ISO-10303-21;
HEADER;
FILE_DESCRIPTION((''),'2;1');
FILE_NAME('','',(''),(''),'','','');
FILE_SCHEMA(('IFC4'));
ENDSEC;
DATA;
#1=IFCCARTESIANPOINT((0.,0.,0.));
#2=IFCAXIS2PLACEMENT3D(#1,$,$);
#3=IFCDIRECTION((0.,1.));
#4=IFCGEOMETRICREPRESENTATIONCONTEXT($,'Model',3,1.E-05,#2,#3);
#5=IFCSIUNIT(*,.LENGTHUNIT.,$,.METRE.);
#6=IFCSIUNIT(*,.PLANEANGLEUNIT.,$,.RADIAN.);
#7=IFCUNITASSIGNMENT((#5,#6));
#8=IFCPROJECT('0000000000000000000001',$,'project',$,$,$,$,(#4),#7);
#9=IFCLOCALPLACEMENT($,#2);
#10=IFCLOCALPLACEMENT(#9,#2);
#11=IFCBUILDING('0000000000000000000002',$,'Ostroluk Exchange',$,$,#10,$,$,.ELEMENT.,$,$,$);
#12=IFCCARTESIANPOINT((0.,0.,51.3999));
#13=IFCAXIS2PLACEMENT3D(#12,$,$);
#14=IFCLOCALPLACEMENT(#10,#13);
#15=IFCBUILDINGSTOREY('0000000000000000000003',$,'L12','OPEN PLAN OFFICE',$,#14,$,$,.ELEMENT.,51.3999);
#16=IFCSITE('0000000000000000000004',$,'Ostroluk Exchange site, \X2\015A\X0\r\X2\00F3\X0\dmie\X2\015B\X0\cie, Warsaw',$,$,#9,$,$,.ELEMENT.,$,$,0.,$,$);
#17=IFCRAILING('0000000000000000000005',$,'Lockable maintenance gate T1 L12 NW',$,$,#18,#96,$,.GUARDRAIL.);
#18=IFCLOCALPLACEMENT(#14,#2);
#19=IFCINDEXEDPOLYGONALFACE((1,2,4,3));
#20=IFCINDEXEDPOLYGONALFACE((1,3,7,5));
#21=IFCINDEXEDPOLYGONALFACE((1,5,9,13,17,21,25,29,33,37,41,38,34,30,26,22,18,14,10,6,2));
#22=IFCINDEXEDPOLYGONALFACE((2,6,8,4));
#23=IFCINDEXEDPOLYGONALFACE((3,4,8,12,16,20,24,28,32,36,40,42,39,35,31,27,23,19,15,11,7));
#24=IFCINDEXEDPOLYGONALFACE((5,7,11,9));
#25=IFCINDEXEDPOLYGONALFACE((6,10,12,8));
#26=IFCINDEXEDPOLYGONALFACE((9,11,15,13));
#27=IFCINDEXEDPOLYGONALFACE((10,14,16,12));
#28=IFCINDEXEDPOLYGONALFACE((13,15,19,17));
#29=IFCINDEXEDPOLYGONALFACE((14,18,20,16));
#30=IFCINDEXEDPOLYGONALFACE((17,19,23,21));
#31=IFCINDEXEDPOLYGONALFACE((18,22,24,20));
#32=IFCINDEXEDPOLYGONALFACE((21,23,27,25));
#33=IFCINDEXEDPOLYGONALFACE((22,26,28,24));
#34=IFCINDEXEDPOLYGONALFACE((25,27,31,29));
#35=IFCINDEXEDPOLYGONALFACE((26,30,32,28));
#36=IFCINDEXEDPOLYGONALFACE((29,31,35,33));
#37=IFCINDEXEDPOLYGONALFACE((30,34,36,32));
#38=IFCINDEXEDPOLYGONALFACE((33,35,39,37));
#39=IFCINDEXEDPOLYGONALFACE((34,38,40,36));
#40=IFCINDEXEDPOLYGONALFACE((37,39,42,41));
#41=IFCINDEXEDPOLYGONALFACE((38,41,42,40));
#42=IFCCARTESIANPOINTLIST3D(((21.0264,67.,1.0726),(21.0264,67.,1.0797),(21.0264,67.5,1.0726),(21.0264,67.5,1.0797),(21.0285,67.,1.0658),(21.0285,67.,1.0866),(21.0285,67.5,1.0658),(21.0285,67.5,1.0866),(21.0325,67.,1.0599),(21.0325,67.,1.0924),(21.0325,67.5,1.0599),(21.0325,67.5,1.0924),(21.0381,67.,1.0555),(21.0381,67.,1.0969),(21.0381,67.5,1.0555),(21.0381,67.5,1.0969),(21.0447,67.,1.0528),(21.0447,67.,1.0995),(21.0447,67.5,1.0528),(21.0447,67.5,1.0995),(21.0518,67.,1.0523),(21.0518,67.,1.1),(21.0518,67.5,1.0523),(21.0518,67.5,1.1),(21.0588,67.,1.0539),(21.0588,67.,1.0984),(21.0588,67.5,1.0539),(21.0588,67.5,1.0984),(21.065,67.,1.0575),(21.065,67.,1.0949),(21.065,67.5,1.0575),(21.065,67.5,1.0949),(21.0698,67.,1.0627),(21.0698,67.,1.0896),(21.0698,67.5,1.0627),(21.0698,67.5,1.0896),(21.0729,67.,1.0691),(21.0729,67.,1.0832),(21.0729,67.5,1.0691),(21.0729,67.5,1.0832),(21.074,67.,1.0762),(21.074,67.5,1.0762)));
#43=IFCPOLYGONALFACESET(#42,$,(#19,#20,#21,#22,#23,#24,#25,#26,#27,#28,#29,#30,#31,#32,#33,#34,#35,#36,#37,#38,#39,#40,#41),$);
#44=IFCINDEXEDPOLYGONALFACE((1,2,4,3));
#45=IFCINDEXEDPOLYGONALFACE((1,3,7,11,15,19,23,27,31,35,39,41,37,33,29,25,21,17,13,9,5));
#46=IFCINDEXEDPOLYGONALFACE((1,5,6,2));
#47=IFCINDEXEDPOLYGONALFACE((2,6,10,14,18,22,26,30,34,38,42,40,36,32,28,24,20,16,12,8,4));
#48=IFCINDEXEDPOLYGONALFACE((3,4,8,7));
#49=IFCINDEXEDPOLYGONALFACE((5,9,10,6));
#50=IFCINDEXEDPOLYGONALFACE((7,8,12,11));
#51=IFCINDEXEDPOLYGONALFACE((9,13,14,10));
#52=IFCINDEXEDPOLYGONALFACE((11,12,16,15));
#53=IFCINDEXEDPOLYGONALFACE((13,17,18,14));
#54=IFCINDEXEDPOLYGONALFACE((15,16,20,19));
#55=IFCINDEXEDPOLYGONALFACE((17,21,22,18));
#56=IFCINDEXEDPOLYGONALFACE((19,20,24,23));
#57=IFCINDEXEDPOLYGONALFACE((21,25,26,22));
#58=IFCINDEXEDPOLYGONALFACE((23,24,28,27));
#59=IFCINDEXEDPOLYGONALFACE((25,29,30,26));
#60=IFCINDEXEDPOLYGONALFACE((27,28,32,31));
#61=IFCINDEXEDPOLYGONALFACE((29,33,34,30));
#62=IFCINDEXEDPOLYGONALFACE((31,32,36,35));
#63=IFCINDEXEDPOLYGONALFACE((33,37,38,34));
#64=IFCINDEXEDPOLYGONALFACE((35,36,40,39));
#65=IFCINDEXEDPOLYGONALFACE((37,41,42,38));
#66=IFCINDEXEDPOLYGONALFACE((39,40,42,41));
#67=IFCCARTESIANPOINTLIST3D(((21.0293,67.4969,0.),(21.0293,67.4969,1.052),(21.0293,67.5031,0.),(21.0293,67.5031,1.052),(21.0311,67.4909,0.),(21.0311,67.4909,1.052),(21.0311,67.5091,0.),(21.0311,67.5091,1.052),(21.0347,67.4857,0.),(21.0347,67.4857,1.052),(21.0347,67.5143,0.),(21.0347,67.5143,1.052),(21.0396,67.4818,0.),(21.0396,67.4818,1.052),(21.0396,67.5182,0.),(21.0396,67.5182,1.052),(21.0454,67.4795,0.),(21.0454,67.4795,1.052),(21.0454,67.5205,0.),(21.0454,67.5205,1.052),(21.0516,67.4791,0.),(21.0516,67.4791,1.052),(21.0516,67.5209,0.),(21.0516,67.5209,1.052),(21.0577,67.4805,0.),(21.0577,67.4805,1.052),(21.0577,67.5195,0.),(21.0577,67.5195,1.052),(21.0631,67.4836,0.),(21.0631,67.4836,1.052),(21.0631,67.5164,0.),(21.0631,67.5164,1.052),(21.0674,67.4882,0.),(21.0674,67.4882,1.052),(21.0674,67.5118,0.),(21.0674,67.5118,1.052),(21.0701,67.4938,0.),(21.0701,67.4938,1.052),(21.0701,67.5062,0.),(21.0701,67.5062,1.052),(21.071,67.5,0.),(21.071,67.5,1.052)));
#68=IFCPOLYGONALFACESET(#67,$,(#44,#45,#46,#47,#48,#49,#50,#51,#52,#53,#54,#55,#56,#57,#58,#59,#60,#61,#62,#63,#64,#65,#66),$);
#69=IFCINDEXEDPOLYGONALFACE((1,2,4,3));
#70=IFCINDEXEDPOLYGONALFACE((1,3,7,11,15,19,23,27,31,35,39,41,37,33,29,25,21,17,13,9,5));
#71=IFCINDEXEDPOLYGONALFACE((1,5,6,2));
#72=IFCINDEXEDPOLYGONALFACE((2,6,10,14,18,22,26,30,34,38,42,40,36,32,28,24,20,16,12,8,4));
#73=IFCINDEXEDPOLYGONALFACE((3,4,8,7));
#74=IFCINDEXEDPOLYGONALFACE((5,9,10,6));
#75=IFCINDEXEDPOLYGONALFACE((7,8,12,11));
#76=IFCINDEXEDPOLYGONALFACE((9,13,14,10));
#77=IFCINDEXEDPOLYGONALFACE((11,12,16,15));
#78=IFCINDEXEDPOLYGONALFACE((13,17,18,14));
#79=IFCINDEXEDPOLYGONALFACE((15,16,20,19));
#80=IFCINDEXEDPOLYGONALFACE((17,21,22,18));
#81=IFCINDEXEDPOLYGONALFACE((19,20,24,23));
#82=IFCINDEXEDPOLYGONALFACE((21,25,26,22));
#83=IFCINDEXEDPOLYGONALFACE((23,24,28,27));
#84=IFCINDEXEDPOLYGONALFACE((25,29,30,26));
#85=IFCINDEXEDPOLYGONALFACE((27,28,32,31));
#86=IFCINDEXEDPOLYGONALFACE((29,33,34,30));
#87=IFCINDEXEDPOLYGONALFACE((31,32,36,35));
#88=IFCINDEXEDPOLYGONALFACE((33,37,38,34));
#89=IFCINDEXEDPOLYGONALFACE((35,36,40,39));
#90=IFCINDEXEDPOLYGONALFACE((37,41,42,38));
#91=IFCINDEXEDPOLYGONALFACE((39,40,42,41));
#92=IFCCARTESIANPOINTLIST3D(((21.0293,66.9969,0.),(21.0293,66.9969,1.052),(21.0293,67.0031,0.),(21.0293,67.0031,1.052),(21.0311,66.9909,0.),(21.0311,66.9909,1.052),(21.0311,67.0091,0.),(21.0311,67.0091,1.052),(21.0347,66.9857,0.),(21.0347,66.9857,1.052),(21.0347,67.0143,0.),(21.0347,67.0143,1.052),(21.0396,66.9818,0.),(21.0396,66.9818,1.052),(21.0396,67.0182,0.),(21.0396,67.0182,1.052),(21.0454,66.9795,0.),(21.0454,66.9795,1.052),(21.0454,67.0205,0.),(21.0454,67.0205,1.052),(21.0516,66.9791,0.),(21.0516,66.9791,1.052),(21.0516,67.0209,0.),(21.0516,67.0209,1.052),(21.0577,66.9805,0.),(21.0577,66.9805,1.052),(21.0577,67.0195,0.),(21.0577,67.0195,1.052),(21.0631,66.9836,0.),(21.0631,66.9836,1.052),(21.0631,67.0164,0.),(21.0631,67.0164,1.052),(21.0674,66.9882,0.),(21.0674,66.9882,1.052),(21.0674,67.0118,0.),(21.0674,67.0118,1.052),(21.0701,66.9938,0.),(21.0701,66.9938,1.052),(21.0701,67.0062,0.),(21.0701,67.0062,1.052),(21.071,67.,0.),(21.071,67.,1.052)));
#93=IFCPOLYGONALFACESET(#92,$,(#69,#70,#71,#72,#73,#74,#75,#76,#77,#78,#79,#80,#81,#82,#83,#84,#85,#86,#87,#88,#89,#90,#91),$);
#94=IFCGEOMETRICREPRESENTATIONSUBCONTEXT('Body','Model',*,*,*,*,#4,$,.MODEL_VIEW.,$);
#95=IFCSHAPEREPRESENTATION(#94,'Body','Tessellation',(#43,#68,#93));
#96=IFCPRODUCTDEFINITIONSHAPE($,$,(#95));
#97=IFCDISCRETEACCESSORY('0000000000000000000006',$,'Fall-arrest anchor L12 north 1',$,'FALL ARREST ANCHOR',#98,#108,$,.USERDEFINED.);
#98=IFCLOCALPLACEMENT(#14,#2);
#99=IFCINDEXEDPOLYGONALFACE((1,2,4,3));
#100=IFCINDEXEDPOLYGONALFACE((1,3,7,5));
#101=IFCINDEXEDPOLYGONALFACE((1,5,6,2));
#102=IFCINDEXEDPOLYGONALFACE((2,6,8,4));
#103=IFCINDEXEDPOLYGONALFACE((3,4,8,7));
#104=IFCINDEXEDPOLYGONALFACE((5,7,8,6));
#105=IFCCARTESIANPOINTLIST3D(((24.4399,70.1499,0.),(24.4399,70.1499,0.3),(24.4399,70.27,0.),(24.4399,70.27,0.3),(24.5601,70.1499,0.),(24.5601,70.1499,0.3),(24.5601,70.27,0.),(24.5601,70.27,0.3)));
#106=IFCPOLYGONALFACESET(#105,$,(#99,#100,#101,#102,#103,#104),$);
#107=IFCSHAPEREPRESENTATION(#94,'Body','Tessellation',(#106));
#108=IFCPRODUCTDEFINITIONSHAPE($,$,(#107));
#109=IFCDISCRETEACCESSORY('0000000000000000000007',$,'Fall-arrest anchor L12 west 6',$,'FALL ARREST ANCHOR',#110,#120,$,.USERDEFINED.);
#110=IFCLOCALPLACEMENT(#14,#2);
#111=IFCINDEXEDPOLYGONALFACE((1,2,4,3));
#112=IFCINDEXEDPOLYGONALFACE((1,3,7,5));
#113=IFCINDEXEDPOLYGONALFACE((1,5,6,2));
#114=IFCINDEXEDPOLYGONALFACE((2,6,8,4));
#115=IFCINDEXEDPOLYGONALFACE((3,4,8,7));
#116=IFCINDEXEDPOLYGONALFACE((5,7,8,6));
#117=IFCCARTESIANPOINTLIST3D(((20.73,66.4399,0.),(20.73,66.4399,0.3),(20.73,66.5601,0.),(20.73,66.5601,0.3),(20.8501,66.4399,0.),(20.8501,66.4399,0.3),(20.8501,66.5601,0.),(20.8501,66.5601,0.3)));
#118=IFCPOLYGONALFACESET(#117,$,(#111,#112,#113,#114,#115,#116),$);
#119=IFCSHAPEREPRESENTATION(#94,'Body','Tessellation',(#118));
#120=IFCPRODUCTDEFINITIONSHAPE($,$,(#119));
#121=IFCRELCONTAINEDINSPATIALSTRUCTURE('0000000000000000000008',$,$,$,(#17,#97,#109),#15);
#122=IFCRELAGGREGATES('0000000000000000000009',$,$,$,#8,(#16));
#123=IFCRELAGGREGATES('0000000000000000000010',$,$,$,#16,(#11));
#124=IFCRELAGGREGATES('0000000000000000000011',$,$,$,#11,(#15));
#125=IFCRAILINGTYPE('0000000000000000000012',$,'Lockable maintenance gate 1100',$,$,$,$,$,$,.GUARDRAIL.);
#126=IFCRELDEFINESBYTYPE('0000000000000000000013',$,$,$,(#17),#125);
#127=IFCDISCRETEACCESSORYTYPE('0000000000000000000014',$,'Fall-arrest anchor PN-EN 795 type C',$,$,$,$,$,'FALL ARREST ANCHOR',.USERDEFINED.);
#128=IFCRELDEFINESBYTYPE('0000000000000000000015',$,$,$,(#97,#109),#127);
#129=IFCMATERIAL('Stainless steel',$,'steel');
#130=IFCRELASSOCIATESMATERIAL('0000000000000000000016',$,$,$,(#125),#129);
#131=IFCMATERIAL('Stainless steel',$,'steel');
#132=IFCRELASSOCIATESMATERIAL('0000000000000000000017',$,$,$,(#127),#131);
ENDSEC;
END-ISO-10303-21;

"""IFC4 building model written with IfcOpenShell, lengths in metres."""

from ifc_helpers import new_model, si_unit, direction, frame, origin, origin_2d, place, context, subcontext, project, spatial, rectangle, circle, extrude, material, type_object, element, save


model = new_model("IFC4")

# Units and contexts
model_context = context("Model", 3, precision=1e-05, world=origin(), true_north=direction((0.0, 1.0)))
body_context = subcontext(model_context, "Body", "Model", "MODEL_VIEW")
ifc_project = project(units=[si_unit("LENGTHUNIT", "METRE"), si_unit("PLANEANGLEUNIT", "RADIAN")], contexts=[model_context])

# Site, building, storey
site_placement = place(None, origin())
site = spatial("IfcSite", under=ifc_project, at=site_placement, Name="Ostroluk Exchange site, Śródmieście, Warsaw", CompositionType="ELEMENT", RefElevation=0.0)
building_placement = place(site_placement, origin())
building = spatial("IfcBuilding", under=site, at=building_placement, Name="Ostroluk Exchange", CompositionType="ELEMENT")
storey_placement = place(building_placement, frame((0.0, 0.0, 51.3999)))
storey = spatial("IfcBuildingStorey", under=building, at=storey_placement, Name="L12", Description="OPEN PLAN OFFICE", CompositionType="ELEMENT", Elevation=51.3999)

# Railing
ifc_material_1 = material(Name="Stainless steel", Category="steel")
railing_type_1 = type_object("IfcRailingType", Name="Lockable maintenance gate 1100", PredefinedType="GUARDRAIL", material=ifc_material_1)
railing_1_placement = place(storey_placement, frame((21.05, 67.5, 0.0)))
element("IfcRailing", 1, at=railing_1_placement, inside=storey, type_object=railing_type_1, Name="Lockable maintenance gate T1 L12 NW", PredefinedType="GUARDRAIL", context=body_context, shape_type="SweptSolid", body=[
    extrude(circle(Radius=0.0239, at=origin_2d()), frame((0.0, 0.0, 1.0762), z_axis=(0.0, -1.0, 0.0), x_axis=(1.0, 0.0, 0.0)), (0.0, 0.0, 1.0), 0.5),
    extrude(circle(Radius=0.021, at=origin_2d()), origin(), (0.0, 0.0, 1.0), 1.052),
    extrude(circle(Radius=0.021, at=origin_2d()), frame((0.0, -0.5, 0.0)), (0.0, 0.0, 1.0), 1.052),
])

# Discrete accessories
ifc_material_2 = material(Name="Stainless steel", Category="steel")
discrete_accessory_type = type_object("IfcDiscreteAccessoryType", Name="Fall-arrest anchor PN-EN 795 type C", ElementType="FALL ARREST ANCHOR", PredefinedType="USERDEFINED", material=ifc_material_2)
for number, where, z_axis, x_axis, name in (
    (2, (24.5, 70.21, 0.0), (0.0, 0.0, 1.0), (1.0, 0.0, 0.0), "Fall-arrest anchor L12 north 1"),
    (3, (20.79, 66.5, 0.0), (0.0, 0.0, 1.0), (1.0, 0.0, 0.0), "Fall-arrest anchor L12 west 6"),
):
    element("IfcDiscreteAccessory", number, at=place(storey_placement, frame(where, z_axis=z_axis, x_axis=x_axis)), inside=storey, type_object=discrete_accessory_type, Name=name, ObjectType="FALL ARREST ANCHOR", PredefinedType="USERDEFINED", context=body_context, shape_type="SweptSolid", body=[
        extrude(rectangle(XDim=0.1201, YDim=0.1201, at=origin_2d()), origin(), (0.0, 0.0, 1.0), 0.3),
    ])

save(model, "model.ifc")
